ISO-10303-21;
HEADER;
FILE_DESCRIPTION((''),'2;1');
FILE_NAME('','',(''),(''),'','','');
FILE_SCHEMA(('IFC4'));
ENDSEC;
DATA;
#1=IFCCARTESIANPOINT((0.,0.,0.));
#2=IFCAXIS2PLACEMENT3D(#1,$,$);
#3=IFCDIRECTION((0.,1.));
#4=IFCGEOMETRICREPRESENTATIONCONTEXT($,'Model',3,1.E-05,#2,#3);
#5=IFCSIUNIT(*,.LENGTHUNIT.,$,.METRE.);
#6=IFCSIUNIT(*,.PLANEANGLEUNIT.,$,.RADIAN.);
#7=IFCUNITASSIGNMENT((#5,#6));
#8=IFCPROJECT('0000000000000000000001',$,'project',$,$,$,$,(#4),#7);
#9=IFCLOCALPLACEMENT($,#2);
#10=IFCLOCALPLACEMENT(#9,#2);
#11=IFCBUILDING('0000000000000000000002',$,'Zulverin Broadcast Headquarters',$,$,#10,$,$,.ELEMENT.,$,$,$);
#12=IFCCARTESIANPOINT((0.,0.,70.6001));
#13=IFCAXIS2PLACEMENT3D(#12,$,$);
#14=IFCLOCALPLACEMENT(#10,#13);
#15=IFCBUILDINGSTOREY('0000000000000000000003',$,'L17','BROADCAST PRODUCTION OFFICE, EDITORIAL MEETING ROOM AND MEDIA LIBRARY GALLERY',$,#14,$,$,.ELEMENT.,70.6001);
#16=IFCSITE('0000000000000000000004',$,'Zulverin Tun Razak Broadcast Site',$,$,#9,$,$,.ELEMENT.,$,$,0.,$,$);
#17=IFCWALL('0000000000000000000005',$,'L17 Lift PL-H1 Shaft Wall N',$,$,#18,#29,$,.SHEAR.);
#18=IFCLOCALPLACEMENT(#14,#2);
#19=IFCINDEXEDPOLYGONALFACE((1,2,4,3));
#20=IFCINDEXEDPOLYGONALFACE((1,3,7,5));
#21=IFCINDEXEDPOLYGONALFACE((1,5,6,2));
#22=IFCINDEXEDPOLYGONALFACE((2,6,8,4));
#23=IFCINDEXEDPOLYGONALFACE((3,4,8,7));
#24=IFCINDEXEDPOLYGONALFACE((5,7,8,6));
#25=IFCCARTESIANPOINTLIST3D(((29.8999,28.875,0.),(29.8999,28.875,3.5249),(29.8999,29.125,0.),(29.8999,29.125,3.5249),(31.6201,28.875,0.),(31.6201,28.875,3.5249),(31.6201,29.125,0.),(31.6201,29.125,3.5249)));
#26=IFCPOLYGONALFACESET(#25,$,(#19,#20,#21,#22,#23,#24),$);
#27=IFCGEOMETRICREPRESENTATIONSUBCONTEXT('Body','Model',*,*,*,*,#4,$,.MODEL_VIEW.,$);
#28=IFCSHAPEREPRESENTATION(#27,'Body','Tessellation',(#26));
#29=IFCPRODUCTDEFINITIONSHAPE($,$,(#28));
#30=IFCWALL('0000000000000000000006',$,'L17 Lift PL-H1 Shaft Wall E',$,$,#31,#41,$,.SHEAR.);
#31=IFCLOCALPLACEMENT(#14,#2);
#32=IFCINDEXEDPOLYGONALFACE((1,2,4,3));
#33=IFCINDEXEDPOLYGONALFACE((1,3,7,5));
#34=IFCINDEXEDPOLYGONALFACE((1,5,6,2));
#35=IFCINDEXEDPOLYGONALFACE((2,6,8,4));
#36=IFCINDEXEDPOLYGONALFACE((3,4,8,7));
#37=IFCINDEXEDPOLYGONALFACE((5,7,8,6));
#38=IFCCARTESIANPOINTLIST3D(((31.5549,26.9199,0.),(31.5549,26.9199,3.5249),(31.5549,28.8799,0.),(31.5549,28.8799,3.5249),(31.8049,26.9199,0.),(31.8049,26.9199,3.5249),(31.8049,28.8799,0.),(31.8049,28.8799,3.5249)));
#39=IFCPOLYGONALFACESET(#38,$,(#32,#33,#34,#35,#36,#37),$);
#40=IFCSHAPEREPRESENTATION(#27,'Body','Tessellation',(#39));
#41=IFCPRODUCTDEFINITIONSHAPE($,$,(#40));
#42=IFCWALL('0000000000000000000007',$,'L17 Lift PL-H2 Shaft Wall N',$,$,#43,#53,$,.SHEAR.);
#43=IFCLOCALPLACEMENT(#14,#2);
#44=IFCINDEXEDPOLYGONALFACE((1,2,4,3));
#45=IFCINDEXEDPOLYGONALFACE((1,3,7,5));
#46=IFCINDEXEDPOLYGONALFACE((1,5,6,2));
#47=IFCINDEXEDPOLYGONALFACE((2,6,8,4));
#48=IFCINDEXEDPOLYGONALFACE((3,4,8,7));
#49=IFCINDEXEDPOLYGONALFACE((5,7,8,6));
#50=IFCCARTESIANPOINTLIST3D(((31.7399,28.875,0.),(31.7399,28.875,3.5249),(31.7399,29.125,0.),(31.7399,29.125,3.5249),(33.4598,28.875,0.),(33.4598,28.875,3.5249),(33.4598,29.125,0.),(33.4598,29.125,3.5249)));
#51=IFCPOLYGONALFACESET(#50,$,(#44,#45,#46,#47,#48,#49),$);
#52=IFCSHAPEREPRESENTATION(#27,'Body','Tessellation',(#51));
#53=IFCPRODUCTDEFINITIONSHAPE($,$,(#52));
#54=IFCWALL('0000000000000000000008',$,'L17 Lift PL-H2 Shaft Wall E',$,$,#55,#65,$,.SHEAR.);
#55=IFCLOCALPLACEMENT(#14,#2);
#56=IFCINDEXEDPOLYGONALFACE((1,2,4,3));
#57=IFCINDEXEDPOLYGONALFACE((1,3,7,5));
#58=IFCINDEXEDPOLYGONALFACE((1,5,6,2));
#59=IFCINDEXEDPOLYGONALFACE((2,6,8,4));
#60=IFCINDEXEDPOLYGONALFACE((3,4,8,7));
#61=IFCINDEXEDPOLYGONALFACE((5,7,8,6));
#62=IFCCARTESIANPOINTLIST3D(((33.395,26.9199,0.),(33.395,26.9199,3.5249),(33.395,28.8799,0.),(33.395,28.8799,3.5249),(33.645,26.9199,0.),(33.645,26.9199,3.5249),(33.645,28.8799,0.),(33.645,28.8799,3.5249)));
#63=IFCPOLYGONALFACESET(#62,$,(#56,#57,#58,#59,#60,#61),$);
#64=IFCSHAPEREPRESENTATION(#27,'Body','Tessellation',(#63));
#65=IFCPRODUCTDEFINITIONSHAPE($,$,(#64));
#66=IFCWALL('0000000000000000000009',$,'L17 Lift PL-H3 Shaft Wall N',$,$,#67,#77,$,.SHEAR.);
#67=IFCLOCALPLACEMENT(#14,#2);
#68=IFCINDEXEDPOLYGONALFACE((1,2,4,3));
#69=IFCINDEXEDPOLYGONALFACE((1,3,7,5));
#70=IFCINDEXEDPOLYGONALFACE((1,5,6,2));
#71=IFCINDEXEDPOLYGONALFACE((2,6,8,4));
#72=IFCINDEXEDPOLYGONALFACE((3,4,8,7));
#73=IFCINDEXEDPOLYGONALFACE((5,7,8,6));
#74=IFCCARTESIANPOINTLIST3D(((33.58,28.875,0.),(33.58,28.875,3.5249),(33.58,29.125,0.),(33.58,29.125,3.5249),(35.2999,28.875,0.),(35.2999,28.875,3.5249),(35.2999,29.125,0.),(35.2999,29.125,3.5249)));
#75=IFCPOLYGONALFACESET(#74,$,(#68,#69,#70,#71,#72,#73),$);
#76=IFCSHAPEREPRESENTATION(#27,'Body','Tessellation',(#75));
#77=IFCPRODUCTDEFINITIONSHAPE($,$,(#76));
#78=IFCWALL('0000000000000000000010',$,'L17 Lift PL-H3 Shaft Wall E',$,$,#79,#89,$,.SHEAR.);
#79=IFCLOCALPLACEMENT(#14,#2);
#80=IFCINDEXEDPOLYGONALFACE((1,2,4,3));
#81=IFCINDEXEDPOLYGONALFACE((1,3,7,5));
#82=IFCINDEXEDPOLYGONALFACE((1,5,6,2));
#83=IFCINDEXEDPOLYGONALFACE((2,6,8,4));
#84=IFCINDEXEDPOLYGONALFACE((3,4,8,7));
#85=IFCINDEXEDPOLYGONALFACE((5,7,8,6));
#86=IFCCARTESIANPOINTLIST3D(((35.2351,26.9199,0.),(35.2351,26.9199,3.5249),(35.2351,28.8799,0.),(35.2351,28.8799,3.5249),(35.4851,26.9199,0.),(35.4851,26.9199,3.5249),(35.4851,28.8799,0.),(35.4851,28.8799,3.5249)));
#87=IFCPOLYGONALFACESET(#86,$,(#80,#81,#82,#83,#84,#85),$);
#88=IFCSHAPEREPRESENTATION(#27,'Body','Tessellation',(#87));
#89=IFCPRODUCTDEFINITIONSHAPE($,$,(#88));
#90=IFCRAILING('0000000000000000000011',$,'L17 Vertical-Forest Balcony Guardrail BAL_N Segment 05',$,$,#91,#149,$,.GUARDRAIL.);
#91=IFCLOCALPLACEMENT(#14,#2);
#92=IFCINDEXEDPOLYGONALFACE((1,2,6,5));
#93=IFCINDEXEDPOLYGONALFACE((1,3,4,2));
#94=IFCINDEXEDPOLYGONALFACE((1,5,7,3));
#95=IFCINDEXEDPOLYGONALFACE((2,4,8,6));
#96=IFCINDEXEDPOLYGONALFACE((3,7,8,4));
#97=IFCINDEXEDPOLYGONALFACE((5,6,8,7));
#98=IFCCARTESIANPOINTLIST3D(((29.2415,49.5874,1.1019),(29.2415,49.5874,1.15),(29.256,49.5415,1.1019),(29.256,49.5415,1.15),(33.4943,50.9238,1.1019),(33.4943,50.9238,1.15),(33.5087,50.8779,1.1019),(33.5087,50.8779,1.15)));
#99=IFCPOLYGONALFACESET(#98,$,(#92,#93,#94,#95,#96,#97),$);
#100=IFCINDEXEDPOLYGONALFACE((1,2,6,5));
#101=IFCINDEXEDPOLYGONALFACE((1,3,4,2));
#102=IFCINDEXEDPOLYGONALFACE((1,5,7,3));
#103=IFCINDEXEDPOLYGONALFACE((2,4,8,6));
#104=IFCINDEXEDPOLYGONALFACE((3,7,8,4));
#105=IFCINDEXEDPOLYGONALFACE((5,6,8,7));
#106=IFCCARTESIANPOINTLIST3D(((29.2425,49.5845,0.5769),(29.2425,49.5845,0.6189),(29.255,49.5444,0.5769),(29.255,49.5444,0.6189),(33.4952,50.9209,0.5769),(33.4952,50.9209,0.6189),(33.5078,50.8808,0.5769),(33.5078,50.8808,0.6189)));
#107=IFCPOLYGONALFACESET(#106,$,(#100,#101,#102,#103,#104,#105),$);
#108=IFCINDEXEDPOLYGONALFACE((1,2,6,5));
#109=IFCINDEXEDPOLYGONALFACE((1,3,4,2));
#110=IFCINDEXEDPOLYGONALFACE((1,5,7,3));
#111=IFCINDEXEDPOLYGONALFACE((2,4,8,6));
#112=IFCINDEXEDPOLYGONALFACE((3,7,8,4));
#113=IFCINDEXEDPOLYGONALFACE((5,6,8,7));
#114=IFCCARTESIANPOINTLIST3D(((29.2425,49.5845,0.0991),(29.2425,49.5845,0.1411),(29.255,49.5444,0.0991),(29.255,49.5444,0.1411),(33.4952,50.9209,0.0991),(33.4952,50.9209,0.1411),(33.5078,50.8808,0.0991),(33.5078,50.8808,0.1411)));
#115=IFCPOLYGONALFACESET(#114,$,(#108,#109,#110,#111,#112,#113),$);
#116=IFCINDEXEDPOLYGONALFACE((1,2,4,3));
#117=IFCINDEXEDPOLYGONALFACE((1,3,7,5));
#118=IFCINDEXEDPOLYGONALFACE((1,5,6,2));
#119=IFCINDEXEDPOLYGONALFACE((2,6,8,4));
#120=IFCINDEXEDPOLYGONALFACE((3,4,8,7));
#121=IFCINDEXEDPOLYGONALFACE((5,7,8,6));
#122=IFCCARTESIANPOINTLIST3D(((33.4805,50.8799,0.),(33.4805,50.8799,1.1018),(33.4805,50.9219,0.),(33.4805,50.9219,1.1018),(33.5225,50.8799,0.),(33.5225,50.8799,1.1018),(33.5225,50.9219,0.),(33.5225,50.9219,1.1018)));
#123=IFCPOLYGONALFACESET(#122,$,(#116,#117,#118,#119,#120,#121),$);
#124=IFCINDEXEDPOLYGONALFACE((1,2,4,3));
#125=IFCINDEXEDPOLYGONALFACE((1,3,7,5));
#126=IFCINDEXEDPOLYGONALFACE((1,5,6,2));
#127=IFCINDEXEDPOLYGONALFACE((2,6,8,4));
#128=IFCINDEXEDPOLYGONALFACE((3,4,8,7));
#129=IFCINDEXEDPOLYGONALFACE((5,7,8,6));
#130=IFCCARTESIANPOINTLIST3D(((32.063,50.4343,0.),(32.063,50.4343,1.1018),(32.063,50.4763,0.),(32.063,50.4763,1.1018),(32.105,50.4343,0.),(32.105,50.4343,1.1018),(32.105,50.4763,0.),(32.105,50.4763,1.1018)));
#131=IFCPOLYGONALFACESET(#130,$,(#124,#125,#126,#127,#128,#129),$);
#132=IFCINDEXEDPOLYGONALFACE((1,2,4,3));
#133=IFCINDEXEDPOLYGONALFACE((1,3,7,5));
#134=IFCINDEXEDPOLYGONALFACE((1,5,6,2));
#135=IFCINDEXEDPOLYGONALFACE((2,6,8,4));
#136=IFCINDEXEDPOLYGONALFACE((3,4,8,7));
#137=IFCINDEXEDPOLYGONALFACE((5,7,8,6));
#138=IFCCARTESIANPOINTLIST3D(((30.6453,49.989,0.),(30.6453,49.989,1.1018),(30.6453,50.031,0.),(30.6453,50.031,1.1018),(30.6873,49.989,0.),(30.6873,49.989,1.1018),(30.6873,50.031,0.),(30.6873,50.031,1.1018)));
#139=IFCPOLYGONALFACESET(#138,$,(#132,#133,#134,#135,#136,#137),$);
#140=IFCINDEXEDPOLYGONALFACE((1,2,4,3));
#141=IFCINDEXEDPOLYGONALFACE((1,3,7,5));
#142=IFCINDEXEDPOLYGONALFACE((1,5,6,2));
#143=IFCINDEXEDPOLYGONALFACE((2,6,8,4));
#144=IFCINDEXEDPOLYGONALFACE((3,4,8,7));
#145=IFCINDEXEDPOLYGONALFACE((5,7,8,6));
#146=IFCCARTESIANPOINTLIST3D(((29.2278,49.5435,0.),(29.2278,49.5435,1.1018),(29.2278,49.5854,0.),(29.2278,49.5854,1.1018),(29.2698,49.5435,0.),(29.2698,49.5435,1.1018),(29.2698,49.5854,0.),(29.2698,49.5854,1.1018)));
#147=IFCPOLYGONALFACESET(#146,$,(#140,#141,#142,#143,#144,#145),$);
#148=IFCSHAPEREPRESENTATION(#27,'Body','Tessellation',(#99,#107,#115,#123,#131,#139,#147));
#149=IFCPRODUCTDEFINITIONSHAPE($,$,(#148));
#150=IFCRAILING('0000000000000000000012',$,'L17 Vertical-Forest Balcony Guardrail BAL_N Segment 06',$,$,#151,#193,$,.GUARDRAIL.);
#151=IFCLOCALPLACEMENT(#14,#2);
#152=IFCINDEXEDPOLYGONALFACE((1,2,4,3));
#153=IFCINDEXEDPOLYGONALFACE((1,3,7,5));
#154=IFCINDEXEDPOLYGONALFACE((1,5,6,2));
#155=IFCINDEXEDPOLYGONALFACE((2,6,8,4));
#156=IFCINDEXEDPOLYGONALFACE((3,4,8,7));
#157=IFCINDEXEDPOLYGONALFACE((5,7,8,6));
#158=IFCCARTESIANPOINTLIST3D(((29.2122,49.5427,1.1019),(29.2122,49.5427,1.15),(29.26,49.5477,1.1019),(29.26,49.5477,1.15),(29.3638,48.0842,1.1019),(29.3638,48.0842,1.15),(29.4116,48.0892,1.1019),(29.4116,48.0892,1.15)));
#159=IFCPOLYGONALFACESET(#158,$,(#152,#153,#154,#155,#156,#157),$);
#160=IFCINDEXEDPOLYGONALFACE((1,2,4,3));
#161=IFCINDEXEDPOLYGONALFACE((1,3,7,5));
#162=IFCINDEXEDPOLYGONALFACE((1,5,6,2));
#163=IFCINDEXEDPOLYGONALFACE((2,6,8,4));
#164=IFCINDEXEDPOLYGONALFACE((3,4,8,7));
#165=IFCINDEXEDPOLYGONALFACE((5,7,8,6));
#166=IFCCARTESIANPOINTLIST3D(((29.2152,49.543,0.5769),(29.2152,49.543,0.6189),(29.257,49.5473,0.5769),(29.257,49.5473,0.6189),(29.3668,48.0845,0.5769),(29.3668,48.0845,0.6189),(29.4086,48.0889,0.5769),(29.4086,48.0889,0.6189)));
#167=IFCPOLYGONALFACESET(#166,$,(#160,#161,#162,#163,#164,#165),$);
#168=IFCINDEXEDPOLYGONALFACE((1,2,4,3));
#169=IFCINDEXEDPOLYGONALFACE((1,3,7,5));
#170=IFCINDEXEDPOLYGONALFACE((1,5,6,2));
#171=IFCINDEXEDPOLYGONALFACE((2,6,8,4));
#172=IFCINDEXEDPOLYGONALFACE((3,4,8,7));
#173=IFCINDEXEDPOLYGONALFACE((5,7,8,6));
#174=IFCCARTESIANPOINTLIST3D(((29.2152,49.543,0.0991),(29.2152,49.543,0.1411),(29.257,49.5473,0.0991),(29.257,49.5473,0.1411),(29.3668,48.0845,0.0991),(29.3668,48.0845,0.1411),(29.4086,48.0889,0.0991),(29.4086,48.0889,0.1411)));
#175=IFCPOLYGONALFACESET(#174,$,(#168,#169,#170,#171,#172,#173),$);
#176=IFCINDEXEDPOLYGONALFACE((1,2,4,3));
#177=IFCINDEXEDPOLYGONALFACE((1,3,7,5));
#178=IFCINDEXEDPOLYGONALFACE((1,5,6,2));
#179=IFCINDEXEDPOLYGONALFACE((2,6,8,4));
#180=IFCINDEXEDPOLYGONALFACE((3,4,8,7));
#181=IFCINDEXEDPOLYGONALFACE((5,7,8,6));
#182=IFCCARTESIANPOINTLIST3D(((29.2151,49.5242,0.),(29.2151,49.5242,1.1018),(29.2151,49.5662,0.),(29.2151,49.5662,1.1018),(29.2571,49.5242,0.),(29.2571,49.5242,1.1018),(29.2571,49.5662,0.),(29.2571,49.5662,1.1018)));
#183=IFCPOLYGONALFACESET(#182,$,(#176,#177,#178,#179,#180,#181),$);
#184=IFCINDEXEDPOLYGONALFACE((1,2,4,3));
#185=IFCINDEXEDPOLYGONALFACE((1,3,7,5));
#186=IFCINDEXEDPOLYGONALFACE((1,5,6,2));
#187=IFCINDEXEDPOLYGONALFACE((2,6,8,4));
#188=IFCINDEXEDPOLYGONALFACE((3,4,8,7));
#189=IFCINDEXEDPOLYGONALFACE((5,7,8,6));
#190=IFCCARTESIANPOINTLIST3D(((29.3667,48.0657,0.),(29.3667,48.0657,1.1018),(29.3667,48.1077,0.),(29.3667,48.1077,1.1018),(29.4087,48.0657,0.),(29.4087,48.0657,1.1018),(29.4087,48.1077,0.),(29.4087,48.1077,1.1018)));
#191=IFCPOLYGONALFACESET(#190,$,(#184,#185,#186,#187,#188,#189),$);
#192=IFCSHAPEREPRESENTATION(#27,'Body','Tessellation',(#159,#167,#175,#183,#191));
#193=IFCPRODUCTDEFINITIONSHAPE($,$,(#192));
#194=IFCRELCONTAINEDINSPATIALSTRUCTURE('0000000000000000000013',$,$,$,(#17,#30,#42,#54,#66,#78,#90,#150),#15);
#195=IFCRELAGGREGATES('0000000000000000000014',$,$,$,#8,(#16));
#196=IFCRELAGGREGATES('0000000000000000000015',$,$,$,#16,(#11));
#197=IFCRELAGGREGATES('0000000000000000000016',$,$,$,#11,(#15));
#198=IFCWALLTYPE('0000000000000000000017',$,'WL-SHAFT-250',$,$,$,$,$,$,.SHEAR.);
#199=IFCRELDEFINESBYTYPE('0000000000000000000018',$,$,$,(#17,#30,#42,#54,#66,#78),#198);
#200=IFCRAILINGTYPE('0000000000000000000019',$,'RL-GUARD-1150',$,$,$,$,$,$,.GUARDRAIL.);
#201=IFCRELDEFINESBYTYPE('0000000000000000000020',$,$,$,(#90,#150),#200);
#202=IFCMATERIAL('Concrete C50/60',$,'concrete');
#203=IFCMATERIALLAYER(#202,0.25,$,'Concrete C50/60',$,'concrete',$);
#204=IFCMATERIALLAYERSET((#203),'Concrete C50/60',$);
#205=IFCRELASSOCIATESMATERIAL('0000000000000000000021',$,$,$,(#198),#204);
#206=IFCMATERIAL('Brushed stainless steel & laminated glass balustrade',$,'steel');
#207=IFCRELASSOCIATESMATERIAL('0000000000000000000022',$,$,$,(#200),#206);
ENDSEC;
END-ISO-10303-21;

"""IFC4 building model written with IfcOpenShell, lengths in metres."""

from ifc_helpers import new_model, si_unit, direction, frame, frame_2d, origin, origin_2d, place, context, subcontext, project, spatial, rectangle, extrude, material, layer, layer_set, type_object, element, save


model = new_model("IFC4")

# Units and contexts
model_context = context("Model", 3, precision=1e-05, world=origin(), true_north=direction((0.0, 1.0)))
body_context = subcontext(model_context, "Body", "Model", "MODEL_VIEW")
ifc_project = project(units=[si_unit("LENGTHUNIT", "METRE"), si_unit("PLANEANGLEUNIT", "RADIAN")], contexts=[model_context])

# Site, building, storey
site_placement = place(None, origin())
site = spatial("IfcSite", under=ifc_project, at=site_placement, Name="Zulverin Tun Razak Broadcast Site", CompositionType="ELEMENT", RefElevation=0.0)
building_placement = place(site_placement, origin())
building = spatial("IfcBuilding", under=site, at=building_placement, Name="Zulverin Broadcast Headquarters", CompositionType="ELEMENT")
storey_placement = place(building_placement, frame((0.0, 0.0, 70.6001)))
storey = spatial("IfcBuildingStorey", under=building, at=storey_placement, Name="L17", Description="BROADCAST PRODUCTION OFFICE, EDITORIAL MEETING ROOM AND MEDIA LIBRARY GALLERY", CompositionType="ELEMENT", Elevation=70.6001)

# Walls
ifc_material_1 = material(Name="Concrete C50/60", Category="concrete")
ifc_layer_1 = layer(ifc_material_1, 0.25, Name="Concrete C50/60", Category="concrete")
ifc_layer_set_1 = layer_set([ifc_layer_1], Name="Concrete C50/60")
wall_type_1 = type_object("IfcWallType", Name="WL-SHAFT-250", PredefinedType="SHEAR", material=ifc_layer_set_1)
wall_1_placement = place(storey_placement, frame((29.8999, 29.0, 0.0), z_axis=(0.0, 0.0, 1.0), x_axis=(1.0, 0.0, 0.0)))
element("IfcWall", 1, at=wall_1_placement, inside=storey, type_object=wall_type_1, Name="L17 Lift PL-H1 Shaft Wall N", PredefinedType="SHEAR", context=body_context, shape_type="SweptSolid", body=[
    extrude(rectangle(XDim=1.7202, YDim=0.25, at=frame_2d((0.8601, 0.0))), origin(), (0.0, 0.0, 1.0), 3.5249),
])
wall_2_placement = place(storey_placement, frame((31.6799, 26.9199, 0.0), z_axis=(0.0, 0.0, 1.0), x_axis=(0.0, 1.0, 0.0)))
element("IfcWall", 2, at=wall_2_placement, inside=storey, type_object=wall_type_1, Name="L17 Lift PL-H1 Shaft Wall E", PredefinedType="SHEAR", context=body_context, shape_type="SweptSolid", body=[
    extrude(rectangle(XDim=1.96, YDim=0.25, at=frame_2d((0.98, 0.0))), origin(), (0.0, 0.0, 1.0), 3.5249),
])
wall_3_placement = place(storey_placement, frame((31.74, 29.0, 0.0), z_axis=(0.0, 0.0, 1.0), x_axis=(1.0, 0.0, 0.0)))
element("IfcWall", 3, at=wall_3_placement, inside=storey, type_object=wall_type_1, Name="L17 Lift PL-H2 Shaft Wall N", PredefinedType="SHEAR", context=body_context, shape_type="SweptSolid", body=[
    extrude(rectangle(XDim=1.72, YDim=0.25, at=frame_2d((0.8599, 0.0))), origin(), (0.0, 0.0, 1.0), 3.5249),
])
wall_4_placement = place(storey_placement, frame((33.52, 26.9199, 0.0), z_axis=(0.0, 0.0, 1.0), x_axis=(0.0, 1.0, 0.0)))
element("IfcWall", 4, at=wall_4_placement, inside=storey, type_object=wall_type_1, Name="L17 Lift PL-H2 Shaft Wall E", PredefinedType="SHEAR", context=body_context, shape_type="SweptSolid", body=[
    extrude(rectangle(XDim=1.96, YDim=0.25, at=frame_2d((0.98, 0.0))), origin(), (0.0, 0.0, 1.0), 3.5249),
])
wall_5_placement = place(storey_placement, frame((33.5801, 29.0, 0.0), z_axis=(0.0, 0.0, 1.0), x_axis=(1.0, 0.0, 0.0)))
element("IfcWall", 5, at=wall_5_placement, inside=storey, type_object=wall_type_1, Name="L17 Lift PL-H3 Shaft Wall N", PredefinedType="SHEAR", context=body_context, shape_type="SweptSolid", body=[
    extrude(rectangle(XDim=1.72, YDim=0.25, at=frame_2d((0.8599, 0.0))), origin(), (0.0, 0.0, 1.0), 3.5249),
])
wall_6_placement = place(storey_placement, frame((35.3601, 26.9199, 0.0), z_axis=(0.0, 0.0, 1.0), x_axis=(0.0, 1.0, 0.0)))
element("IfcWall", 6, at=wall_6_placement, inside=storey, type_object=wall_type_1, Name="L17 Lift PL-H3 Shaft Wall E", PredefinedType="SHEAR", context=body_context, shape_type="SweptSolid", body=[
    extrude(rectangle(XDim=1.96, YDim=0.25, at=frame_2d((0.98, 0.0))), origin(), (0.0, 0.0, 1.0), 3.5249),
])

# Railings
ifc_material_2 = material(Name="Brushed stainless steel & laminated glass balustrade", Category="steel")
railing_type = type_object("IfcRailingType", Name="RL-GUARD-1150", PredefinedType="GUARDRAIL", material=ifc_material_2)
railing_1_placement = place(storey_placement, frame((33.5015, 50.9009, 0.0)))
element("IfcRailing", 7, at=railing_1_placement, inside=storey, type_object=railing_type, Name="L17 Vertical-Forest Balcony Guardrail BAL_N Segment 05", PredefinedType="GUARDRAIL", context=body_context, shape_type="SweptSolid", body=[
    extrude(rectangle(XDim=0.0481, YDim=0.0481, at=origin_2d()), frame((0.0, 0.0, 1.126), z_axis=(-0.954002, -0.2998, 0.0), x_axis=(0.2998, -0.954002, 0.0)), (0.0, 0.0, 1.0), 4.4578),
    extrude(rectangle(XDim=0.042, YDim=0.042, at=origin_2d()), frame((0.0, 0.0, 0.5979), z_axis=(-0.954002, -0.2998, 0.0), x_axis=(0.2998, -0.954002, 0.0)), (0.0, 0.0, 1.0), 4.4578),
    extrude(rectangle(XDim=0.042, YDim=0.042, at=origin_2d()), frame((0.0, 0.0, 0.1201), z_axis=(-0.954002, -0.2998, 0.0), x_axis=(0.2998, -0.954002, 0.0)), (0.0, 0.0, 1.0), 4.4578),
    extrude(rectangle(XDim=0.042, YDim=0.042, at=origin_2d()), origin(), (0.0, 0.0, 1.0), 1.1018),
    extrude(rectangle(XDim=0.042, YDim=0.042, at=origin_2d()), frame((-1.4175, -0.4456, 0.0)), (0.0, 0.0, 1.0), 1.1018),
    extrude(rectangle(XDim=0.042, YDim=0.042, at=origin_2d()), frame((-2.8352, -0.8909, 0.0)), (0.0, 0.0, 1.0), 1.1018),
    extrude(rectangle(XDim=0.042, YDim=0.042, at=origin_2d()), frame((-4.2527, -1.3364, 0.0)), (0.0, 0.0, 1.0), 1.1018),
])
railing_2_placement = place(storey_placement, frame((29.2361, 49.5452, 0.0)))
element("IfcRailing", 8, at=railing_2_placement, inside=storey, type_object=railing_type, Name="L17 Vertical-Forest Balcony Guardrail BAL_N Segment 06", PredefinedType="GUARDRAIL", context=body_context, shape_type="SweptSolid", body=[
    extrude(rectangle(XDim=0.0481, YDim=0.0481, at=origin_2d()), frame((0.0, 0.0, 1.126), z_axis=(0.103393, -0.994641, 0.0), x_axis=(0.994641, 0.103393, 0.0)), (0.0, 0.0, 1.0), 1.4663),
    extrude(rectangle(XDim=0.042, YDim=0.042, at=origin_2d()), frame((0.0, 0.0, 0.5979), z_axis=(0.103393, -0.994641, 0.0), x_axis=(0.994641, 0.103393, 0.0)), (0.0, 0.0, 1.0), 1.4663),
    extrude(rectangle(XDim=0.042, YDim=0.042, at=origin_2d()), frame((0.0, 0.0, 0.1201), z_axis=(0.103393, -0.994641, 0.0), x_axis=(0.994641, 0.103393, 0.0)), (0.0, 0.0, 1.0), 1.4663),
    extrude(rectangle(XDim=0.042, YDim=0.042, at=origin_2d()), origin(), (0.0, 0.0, 1.0), 1.1018),
    extrude(rectangle(XDim=0.042, YDim=0.042, at=origin_2d()), frame((0.1516, -1.4585, 0.0)), (0.0, 0.0, 1.0), 1.1018),
])

save(model, "model.ifc")
